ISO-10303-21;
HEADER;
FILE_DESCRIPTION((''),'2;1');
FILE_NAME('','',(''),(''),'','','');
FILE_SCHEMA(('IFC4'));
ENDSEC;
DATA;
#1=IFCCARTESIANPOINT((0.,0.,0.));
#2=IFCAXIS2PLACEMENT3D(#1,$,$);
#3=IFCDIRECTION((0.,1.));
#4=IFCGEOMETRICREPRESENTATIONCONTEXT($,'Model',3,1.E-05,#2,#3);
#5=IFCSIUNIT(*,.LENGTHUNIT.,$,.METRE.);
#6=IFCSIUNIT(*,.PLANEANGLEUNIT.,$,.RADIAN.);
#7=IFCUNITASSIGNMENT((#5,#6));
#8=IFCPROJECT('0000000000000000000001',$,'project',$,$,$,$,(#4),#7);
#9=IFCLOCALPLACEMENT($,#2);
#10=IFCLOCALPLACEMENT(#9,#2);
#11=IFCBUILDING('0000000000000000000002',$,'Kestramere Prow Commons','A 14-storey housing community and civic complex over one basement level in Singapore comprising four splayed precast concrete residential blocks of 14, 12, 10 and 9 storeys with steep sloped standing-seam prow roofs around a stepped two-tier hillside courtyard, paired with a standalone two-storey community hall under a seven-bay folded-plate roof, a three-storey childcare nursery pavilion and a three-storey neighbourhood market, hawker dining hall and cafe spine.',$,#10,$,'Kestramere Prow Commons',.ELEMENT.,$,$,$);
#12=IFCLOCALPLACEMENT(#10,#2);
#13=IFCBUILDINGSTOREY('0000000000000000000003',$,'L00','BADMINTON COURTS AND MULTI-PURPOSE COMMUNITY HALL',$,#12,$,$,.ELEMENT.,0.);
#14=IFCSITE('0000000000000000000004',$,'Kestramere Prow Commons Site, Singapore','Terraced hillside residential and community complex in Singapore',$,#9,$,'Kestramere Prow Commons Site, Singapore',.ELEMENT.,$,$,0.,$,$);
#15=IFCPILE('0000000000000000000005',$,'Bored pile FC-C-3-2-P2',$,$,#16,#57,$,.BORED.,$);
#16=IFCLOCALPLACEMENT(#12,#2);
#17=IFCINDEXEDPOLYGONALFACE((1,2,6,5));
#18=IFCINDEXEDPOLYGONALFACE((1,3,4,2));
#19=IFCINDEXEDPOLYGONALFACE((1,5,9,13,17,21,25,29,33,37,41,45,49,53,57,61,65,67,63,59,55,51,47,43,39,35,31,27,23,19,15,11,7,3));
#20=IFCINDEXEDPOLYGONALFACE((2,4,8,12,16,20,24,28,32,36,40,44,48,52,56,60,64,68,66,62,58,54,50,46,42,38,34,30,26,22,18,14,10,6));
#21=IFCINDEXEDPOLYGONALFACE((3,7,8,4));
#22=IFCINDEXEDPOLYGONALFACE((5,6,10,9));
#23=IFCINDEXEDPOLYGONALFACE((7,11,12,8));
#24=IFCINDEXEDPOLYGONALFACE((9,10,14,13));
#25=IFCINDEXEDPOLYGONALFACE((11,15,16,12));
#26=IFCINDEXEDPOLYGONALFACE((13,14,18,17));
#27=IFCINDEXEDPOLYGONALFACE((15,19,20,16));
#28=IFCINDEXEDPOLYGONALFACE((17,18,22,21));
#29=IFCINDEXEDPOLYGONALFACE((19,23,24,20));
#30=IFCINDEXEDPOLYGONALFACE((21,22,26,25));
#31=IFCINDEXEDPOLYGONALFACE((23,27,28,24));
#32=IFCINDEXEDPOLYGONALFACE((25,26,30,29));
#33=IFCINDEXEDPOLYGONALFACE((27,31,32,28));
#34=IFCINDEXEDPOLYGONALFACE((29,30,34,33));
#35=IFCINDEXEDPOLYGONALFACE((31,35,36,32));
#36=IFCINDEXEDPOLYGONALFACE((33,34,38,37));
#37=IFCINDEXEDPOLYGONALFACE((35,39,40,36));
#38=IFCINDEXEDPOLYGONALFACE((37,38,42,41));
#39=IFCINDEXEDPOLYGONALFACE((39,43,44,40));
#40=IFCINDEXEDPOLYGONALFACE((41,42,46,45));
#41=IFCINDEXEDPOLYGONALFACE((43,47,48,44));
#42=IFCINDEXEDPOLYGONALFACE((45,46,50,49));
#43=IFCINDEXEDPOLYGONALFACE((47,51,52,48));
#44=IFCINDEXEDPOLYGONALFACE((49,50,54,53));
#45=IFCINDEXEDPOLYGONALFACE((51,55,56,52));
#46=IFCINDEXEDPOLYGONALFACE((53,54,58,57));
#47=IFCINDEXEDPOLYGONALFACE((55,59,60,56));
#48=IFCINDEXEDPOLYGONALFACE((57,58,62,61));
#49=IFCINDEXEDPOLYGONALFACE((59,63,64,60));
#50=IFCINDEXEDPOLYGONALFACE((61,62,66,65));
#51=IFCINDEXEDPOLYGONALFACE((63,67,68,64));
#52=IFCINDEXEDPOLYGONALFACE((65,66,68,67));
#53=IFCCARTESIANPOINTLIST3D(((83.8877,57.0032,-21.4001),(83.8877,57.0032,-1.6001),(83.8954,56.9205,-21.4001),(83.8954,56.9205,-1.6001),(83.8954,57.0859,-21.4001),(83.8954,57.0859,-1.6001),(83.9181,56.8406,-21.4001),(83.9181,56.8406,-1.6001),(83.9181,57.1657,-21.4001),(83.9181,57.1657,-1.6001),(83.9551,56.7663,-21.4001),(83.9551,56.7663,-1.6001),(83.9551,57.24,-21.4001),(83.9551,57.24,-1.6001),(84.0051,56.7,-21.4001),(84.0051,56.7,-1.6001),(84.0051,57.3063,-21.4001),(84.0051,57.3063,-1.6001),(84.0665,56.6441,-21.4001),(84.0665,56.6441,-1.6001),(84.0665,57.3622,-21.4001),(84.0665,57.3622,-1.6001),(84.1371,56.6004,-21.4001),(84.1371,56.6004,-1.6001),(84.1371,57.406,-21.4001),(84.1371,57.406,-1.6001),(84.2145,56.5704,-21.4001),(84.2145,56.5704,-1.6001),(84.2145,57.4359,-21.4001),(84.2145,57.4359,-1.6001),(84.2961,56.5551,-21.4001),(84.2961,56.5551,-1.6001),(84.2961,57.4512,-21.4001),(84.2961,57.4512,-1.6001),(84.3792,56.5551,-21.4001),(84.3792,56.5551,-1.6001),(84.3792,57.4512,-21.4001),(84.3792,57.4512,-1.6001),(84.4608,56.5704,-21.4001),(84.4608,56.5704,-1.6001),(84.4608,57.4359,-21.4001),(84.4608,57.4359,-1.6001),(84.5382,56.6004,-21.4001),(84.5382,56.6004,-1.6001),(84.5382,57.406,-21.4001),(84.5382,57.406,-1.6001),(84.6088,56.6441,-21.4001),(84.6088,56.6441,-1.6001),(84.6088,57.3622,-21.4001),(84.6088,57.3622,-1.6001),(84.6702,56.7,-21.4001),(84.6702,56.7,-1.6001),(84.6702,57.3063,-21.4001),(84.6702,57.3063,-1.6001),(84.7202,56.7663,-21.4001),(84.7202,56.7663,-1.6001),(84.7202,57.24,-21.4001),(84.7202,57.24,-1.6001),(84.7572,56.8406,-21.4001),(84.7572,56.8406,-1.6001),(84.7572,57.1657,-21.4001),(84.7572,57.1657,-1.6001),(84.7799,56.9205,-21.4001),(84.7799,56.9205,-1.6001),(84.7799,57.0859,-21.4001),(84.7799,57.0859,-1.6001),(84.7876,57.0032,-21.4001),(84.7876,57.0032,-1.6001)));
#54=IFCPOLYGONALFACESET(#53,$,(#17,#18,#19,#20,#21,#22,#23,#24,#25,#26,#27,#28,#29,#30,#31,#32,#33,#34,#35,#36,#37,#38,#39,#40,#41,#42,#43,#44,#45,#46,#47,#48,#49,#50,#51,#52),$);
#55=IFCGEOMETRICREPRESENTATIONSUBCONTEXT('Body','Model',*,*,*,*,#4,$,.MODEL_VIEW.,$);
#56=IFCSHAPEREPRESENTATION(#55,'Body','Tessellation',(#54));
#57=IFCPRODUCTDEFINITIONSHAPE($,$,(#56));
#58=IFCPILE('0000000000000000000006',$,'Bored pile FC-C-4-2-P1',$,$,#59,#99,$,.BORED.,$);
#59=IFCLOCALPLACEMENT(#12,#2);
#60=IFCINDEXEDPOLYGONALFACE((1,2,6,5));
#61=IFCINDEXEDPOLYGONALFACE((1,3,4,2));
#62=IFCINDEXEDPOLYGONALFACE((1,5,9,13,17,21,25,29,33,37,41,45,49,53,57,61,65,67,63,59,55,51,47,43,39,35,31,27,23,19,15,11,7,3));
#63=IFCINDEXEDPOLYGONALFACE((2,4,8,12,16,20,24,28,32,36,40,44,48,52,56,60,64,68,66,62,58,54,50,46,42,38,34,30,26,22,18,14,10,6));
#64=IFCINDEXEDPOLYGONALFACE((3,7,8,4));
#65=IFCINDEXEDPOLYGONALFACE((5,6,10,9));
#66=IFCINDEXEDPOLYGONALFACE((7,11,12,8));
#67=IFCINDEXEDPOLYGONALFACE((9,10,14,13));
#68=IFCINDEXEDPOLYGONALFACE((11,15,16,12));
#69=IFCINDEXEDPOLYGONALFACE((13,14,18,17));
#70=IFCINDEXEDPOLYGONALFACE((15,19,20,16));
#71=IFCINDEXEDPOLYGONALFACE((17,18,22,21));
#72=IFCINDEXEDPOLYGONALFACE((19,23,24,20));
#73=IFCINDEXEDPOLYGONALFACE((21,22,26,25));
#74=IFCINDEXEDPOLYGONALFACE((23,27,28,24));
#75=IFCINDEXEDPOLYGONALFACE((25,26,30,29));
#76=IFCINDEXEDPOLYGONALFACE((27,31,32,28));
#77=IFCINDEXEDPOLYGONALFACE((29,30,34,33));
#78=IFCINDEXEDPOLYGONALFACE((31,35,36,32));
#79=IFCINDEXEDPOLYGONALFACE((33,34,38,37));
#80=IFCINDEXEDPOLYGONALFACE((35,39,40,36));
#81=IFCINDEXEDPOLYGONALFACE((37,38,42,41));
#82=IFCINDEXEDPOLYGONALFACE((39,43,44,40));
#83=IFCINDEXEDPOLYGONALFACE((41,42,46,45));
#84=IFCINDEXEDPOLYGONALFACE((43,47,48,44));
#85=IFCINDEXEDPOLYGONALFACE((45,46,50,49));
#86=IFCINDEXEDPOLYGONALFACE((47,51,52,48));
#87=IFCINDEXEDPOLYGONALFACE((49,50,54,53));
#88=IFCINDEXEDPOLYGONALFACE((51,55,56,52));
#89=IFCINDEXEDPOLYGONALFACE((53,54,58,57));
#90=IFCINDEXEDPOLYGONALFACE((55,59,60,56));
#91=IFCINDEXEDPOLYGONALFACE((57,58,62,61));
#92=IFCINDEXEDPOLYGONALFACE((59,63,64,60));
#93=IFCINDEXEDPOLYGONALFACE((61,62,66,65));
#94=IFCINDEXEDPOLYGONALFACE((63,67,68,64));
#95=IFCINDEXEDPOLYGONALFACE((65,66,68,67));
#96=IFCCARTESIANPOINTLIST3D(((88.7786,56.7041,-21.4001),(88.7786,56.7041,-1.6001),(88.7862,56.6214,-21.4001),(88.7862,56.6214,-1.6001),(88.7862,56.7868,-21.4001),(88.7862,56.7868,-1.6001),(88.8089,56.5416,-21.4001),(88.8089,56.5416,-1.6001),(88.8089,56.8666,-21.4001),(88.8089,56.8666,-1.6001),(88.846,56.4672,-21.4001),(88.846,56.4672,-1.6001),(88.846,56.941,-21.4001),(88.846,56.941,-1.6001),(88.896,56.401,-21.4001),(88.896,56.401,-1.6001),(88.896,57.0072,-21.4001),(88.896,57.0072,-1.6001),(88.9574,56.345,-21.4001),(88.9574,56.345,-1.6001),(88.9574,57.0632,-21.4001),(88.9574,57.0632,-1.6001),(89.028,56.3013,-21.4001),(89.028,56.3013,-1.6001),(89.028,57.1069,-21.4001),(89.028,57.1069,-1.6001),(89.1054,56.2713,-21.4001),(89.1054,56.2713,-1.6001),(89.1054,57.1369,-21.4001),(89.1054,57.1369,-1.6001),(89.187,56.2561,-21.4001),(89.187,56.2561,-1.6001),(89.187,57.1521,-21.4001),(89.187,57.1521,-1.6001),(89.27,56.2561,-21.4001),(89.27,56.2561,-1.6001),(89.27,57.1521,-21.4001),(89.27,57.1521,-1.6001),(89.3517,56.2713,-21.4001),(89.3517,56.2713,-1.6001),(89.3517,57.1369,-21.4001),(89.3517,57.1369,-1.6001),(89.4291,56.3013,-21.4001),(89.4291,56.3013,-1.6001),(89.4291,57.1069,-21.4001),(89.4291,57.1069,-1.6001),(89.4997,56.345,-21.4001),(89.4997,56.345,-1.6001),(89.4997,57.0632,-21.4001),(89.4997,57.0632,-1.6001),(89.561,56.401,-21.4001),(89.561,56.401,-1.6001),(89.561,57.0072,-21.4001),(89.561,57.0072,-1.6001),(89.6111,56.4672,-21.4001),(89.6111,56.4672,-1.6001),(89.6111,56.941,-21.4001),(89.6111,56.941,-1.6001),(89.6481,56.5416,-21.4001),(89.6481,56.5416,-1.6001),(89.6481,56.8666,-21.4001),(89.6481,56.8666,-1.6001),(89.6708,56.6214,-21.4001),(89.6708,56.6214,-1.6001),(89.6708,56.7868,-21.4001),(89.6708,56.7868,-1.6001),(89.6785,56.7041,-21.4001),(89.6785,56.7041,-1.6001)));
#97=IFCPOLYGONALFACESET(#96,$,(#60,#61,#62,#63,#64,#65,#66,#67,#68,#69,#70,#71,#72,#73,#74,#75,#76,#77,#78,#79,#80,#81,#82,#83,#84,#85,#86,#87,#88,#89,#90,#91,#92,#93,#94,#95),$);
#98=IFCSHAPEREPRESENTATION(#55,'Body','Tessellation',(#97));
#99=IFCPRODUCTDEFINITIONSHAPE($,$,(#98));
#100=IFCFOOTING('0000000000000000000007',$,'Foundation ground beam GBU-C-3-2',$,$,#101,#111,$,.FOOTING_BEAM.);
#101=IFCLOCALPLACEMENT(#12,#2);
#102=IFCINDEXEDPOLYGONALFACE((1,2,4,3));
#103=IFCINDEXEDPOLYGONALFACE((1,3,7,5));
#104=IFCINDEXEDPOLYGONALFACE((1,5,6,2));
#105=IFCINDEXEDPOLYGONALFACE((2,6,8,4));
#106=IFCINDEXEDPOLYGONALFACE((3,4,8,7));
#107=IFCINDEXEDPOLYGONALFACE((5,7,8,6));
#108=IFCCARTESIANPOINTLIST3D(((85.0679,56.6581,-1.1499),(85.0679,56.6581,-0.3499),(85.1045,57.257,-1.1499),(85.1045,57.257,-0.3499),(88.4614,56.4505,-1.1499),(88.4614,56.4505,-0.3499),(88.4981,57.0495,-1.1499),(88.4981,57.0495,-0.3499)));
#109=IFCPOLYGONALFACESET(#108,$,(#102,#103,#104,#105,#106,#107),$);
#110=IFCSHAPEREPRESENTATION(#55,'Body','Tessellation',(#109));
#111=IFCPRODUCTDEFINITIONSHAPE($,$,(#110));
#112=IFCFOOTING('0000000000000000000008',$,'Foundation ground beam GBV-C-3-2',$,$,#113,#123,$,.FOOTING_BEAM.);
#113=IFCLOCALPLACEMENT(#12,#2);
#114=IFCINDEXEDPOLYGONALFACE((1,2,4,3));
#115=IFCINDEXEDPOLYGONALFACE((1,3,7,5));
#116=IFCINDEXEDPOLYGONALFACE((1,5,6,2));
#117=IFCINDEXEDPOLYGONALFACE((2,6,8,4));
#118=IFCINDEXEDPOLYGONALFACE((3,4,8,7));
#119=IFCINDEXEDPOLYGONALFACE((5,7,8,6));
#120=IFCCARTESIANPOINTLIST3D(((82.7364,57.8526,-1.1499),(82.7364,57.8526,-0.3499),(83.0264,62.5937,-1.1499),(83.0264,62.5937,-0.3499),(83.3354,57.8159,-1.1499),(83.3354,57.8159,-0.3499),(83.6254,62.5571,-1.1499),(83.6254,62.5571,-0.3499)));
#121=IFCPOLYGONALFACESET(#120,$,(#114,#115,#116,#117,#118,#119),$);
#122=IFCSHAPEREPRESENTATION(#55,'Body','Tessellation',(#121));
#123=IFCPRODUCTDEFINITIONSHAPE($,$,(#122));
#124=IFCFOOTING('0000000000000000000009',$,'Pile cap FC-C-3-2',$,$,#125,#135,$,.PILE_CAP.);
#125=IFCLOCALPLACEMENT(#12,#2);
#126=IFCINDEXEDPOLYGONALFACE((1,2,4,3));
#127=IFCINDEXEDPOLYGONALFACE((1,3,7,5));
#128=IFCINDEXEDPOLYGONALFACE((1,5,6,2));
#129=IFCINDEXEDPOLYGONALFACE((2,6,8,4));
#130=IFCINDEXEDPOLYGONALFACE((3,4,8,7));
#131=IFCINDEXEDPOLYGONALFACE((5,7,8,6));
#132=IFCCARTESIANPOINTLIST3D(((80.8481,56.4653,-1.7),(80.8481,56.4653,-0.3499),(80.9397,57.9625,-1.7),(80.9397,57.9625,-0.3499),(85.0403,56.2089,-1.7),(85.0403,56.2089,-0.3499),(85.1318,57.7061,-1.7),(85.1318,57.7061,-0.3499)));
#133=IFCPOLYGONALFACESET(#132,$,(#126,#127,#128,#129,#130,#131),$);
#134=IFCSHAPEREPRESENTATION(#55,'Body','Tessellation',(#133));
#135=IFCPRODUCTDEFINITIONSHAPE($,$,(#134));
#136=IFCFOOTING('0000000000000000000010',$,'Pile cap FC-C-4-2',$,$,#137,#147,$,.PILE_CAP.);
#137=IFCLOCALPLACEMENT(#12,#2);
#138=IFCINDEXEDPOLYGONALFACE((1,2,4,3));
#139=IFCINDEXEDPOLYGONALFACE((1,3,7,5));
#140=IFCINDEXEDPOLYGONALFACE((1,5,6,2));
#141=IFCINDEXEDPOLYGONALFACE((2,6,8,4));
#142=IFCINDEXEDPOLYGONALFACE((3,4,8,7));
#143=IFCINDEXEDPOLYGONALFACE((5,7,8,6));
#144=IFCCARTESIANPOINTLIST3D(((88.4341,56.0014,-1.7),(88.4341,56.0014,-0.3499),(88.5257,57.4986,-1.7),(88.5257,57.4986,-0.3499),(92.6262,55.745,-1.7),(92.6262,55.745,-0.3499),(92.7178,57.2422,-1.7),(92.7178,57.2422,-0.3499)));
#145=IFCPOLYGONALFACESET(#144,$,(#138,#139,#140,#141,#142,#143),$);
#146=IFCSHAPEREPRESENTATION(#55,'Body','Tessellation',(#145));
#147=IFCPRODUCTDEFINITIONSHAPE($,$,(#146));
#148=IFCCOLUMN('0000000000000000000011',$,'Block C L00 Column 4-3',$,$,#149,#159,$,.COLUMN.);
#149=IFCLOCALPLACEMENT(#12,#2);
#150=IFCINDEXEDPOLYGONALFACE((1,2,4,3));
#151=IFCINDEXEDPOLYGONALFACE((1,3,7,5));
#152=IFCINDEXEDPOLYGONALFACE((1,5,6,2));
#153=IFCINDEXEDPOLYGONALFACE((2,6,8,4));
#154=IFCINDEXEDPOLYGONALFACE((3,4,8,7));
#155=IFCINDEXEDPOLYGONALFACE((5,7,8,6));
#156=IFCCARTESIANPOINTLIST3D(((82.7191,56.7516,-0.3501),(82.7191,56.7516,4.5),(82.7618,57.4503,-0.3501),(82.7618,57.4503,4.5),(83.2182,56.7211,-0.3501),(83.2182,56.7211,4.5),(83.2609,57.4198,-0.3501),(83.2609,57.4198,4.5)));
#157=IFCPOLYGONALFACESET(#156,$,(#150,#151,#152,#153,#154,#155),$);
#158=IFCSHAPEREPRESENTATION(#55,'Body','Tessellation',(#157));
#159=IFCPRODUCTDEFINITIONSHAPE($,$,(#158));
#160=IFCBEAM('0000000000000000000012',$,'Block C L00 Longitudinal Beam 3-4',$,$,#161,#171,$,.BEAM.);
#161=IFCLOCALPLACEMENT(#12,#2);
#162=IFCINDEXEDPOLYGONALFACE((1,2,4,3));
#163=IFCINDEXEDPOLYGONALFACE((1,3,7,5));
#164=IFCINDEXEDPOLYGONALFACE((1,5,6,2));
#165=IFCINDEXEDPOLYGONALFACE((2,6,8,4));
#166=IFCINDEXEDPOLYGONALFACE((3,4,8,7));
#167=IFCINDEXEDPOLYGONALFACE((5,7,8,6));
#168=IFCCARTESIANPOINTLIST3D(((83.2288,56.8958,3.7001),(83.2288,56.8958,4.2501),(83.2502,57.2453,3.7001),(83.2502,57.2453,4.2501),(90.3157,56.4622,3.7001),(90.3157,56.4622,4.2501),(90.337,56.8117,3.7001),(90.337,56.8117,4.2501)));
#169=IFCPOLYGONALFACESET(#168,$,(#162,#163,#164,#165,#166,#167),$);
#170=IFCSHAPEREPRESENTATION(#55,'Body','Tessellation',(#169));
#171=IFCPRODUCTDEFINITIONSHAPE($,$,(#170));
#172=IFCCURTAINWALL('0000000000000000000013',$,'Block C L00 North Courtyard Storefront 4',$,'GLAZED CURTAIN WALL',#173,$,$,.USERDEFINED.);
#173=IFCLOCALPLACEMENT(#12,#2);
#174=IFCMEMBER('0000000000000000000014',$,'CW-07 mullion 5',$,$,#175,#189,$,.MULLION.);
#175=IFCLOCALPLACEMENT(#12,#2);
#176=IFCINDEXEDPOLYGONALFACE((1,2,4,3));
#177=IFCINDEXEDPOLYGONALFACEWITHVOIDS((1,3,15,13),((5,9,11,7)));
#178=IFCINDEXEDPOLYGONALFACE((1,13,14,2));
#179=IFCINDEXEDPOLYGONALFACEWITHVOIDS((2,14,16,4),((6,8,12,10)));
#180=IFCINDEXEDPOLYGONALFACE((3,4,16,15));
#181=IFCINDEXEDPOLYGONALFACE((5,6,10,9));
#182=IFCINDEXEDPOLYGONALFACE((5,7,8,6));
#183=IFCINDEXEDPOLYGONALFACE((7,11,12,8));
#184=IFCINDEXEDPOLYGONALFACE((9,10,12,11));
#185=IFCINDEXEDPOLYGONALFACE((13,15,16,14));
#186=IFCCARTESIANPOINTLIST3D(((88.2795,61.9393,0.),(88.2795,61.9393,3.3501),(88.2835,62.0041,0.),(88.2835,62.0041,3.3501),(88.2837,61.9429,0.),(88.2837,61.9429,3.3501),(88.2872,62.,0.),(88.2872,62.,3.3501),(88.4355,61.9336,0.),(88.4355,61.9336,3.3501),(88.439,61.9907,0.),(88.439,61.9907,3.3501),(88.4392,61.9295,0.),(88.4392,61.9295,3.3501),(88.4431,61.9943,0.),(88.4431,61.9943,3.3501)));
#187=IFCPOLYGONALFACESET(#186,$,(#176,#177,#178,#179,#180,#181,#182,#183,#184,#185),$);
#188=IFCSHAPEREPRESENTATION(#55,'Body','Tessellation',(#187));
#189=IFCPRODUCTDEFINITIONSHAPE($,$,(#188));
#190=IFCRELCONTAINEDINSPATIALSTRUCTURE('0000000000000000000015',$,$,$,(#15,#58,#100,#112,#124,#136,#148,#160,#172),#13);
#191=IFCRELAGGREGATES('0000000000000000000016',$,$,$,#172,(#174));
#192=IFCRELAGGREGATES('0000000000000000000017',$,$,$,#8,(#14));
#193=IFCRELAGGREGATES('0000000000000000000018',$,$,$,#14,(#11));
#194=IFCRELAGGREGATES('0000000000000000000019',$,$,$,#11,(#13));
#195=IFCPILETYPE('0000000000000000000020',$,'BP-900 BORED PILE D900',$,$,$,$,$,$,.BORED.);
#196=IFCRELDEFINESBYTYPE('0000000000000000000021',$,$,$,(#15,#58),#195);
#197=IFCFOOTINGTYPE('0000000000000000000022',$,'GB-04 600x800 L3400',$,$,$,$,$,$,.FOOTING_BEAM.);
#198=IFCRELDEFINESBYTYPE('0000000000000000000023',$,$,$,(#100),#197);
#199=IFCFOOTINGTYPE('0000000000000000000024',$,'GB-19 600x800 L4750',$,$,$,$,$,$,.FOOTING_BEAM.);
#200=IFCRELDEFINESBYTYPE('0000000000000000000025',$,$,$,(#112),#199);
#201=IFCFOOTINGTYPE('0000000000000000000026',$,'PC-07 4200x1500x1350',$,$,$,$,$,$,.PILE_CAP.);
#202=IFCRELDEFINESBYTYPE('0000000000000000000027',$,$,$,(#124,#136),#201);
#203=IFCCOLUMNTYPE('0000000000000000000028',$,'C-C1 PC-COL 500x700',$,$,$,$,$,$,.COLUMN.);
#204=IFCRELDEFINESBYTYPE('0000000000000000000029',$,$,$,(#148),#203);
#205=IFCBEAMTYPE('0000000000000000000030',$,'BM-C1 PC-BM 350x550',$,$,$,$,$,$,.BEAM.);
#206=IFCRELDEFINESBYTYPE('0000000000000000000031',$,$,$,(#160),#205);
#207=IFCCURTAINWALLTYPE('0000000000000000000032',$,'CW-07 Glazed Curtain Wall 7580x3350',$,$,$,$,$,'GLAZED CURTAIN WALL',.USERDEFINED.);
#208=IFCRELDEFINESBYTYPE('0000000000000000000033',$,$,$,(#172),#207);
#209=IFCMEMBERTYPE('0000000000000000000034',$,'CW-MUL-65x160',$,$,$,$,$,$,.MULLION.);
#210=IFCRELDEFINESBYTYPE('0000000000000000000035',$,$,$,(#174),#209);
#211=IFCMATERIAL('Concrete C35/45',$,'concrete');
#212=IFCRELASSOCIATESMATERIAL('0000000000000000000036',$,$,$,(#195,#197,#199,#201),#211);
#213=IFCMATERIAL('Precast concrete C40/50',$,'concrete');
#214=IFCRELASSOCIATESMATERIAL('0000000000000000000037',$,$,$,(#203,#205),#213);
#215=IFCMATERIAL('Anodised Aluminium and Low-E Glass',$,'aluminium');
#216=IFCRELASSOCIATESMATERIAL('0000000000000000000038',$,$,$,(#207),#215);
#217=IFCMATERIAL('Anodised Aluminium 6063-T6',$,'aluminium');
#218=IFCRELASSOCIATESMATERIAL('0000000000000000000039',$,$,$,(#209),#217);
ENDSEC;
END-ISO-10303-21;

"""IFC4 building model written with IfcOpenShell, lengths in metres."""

from ifc_helpers import new_model, si_unit, direction, frame, origin, origin_2d, place, context, subcontext, project, spatial, rectangle, hollow_rectangle, circle, extrude, material, material_profile, profile_set, type_object, element, aggregate, save


model = new_model("IFC4")

# Units and contexts
model_context = context("Model", 3, precision=1e-05, world=origin(), true_north=direction((0.0, 1.0)))
body_context = subcontext(model_context, "Body", "Model", "MODEL_VIEW")
ifc_project = project(units=[si_unit("LENGTHUNIT", "METRE"), si_unit("PLANEANGLEUNIT", "RADIAN")], contexts=[model_context])

# Site, building, storey
site_placement = place(None, origin())
site = spatial("IfcSite", under=ifc_project, at=site_placement, Name="Kestramere Prow Commons Site, Singapore", Description="Terraced hillside residential and community complex in Singapore", LongName="Kestramere Prow Commons Site, Singapore", CompositionType="ELEMENT", RefElevation=0.0)
building_placement = place(site_placement, origin())
building = spatial("IfcBuilding", under=site, at=building_placement, Name="Kestramere Prow Commons", Description="A 14-storey housing community and civic complex over one basement level in Singapore comprising four splayed precast concrete residential blocks of 14, 12, 10 and 9 storeys with steep sloped standing-seam prow roofs around a stepped two-tier hillside courtyard, paired with a standalone two-storey community hall under a seven-bay folded-plate roof, a three-storey childcare nursery pavilion and a three-storey neighbourhood market, hawker dining hall and cafe spine.", LongName="Kestramere Prow Commons", CompositionType="ELEMENT")
storey_placement = place(building_placement, origin())
storey = spatial("IfcBuildingStorey", under=building, at=storey_placement, Name="L00", Description="BADMINTON COURTS AND MULTI-PURPOSE COMMUNITY HALL", CompositionType="ELEMENT", Elevation=0.0)

# Piles
ifc_material_1 = material(Name="Concrete C35/45", Category="concrete")
ifc_material_profile_1 = material_profile(ifc_material_1, circle(Radius=0.45, at=origin_2d()), Name="BORED PILE D900")
ifc_profile_set_1 = profile_set([ifc_material_profile_1], Name="Concrete C35/45")
pile_type = type_object("IfcPileType", Name="BP-900 BORED PILE D900", PredefinedType="BORED", material=ifc_profile_set_1)
for number, where, z_axis, x_axis, name in (
    (1, (84.3376, 57.0032, -1.6001), (0.0, 0.0, -1.0), (1.0, 0.0, 0.0), "Bored pile FC-C-3-2-P2"),
    (2, (89.2285, 56.7041, -1.6001), (0.0, 0.0, -1.0), (1.0, 0.0, 0.0), "Bored pile FC-C-4-2-P1"),
):
    element("IfcPile", number, at=place(storey_placement, frame(where, z_axis=z_axis, x_axis=x_axis)), inside=storey, type_object=pile_type, Name=name, PredefinedType="BORED", context=body_context, shape_type="SweptSolid", body=[
        extrude(circle(Radius=0.45, at=origin_2d()), origin(), (0.0, 0.0, 1.0), 19.8),
    ])

# Footings
footing_type_1 = type_object("IfcFootingType", Name="GB-04 600x800 L3400", PredefinedType="FOOTING_BEAM", material=ifc_material_1)
footing_1_placement = place(storey_placement, frame((86.783, 56.8538, -1.1499), z_axis=(0.0, 0.0, 1.0), x_axis=(0.998135, -0.061049, 0.0)))
element("IfcFooting", 3, at=footing_1_placement, inside=storey, type_object=footing_type_1, Name="Foundation ground beam GBU-C-3-2", PredefinedType="FOOTING_BEAM", context=body_context, shape_type="SweptSolid", body=[
    extrude(rectangle(XDim=3.3999, YDim=0.6001, at=origin_2d()), origin(), (0.0, 0.0, 1.0), 0.8),
])
footing_type_2 = type_object("IfcFootingType", Name="GB-19 600x800 L4750", PredefinedType="FOOTING_BEAM", material=ifc_material_1)
footing_2_placement = place(storey_placement, frame((83.1809, 60.2048, -1.1499), z_axis=(0.0, 0.0, 1.0), x_axis=(0.061049, 0.998135, 0.0)))
element("IfcFooting", 4, at=footing_2_placement, inside=storey, type_object=footing_type_2, Name="Foundation ground beam GBV-C-3-2", PredefinedType="FOOTING_BEAM", context=body_context, shape_type="SweptSolid", body=[
    extrude(rectangle(XDim=4.75, YDim=0.6001, at=origin_2d()), origin(), (0.0, 0.0, 1.0), 0.8),
])
footing_type_3 = type_object("IfcFootingType", Name="PC-07 4200x1500x1350", PredefinedType="PILE_CAP", material=ifc_material_1)
for number, where, z_axis, x_axis, name in (
    (5, (82.99, 57.0857, -1.7), (0.0, 0.0, 1.0), (0.998135, -0.061049, 0.0), "Pile cap FC-C-3-2"),
    (6, (90.5759, 56.6218, -1.7), (0.0, 0.0, 1.0), (0.998135, -0.061049, 0.0), "Pile cap FC-C-4-2"),
):
    element("IfcFooting", number, at=place(storey_placement, frame(where, z_axis=z_axis, x_axis=x_axis)), inside=storey, type_object=footing_type_3, Name=name, PredefinedType="PILE_CAP", context=body_context, shape_type="SweptSolid", body=[
        extrude(rectangle(XDim=4.2, YDim=1.5, at=origin_2d()), origin(), (0.0, 0.0, 1.0), 1.3501),
    ])

# Column
ifc_material_2 = material(Name="Precast concrete C40/50", Category="concrete")
ifc_material_profile_2 = material_profile(ifc_material_2, rectangle(XDim=0.5, YDim=0.7, at=origin_2d()), Name="PC-COL 500x700")
ifc_profile_set_2 = profile_set([ifc_material_profile_2], Name="Precast concrete C40/50")
column_type = type_object("IfcColumnType", Name="C-C1 PC-COL 500x700", PredefinedType="COLUMN", material=ifc_profile_set_2)
column_placement = place(storey_placement, frame((82.99, 57.0857, -0.3501), z_axis=(0.0, 0.0, 1.0), x_axis=(0.998135, -0.061049, 0.0)))
element("IfcColumn", 7, at=column_placement, inside=storey, type_object=column_type, Name="Block C L00 Column 4-3", PredefinedType="COLUMN", context=body_context, shape_type="SweptSolid", body=[
    extrude(rectangle(XDim=0.5, YDim=0.7, at=origin_2d()), origin(), (0.0, 0.0, 1.0), 4.8501),
])

# Beam
ifc_material_profile_3 = material_profile(ifc_material_2, rectangle(XDim=0.3501, YDim=0.55, at=origin_2d()), Name="PC-BM 350x550")
ifc_profile_set_3 = profile_set([ifc_material_profile_3], Name="Precast concrete C40/50")
beam_type_1 = type_object("IfcBeamType", Name="BM-C1 PC-BM 350x550", PredefinedType="BEAM", material=ifc_profile_set_3)
beam_1_placement = place(storey_placement, frame((83.2395, 57.0706, 3.9751), z_axis=(0.998134, -0.061068, 0.0), x_axis=(0.061068, 0.998134, 0.0)))
element("IfcBeam", 8, at=beam_1_placement, inside=storey, type_object=beam_type_1, Name="Block C L00 Longitudinal Beam 3-4", PredefinedType="BEAM", context=body_context, shape_type="SweptSolid", body=[
    extrude(rectangle(XDim=0.3501, YDim=0.55, at=origin_2d()), origin(), (0.0, 0.0, 1.0), 7.1001),
])

# Curtain wall, member
ifc_material_3 = material(Name="Anodised Aluminium and Low-E Glass", Category="aluminium")
curtain_wall_type = type_object("IfcCurtainWallType", Name="CW-07 Glazed Curtain Wall 7580x3350", ElementType="GLAZED CURTAIN WALL", PredefinedType="USERDEFINED", material=ifc_material_3)
curtain_wall_placement = place(storey_placement, origin())
curtain_wall = element("IfcCurtainWall", 9, at=curtain_wall_placement, inside=storey, type_object=curtain_wall_type, Name="Block C L00 North Courtyard Storefront 4", ObjectType="GLAZED CURTAIN WALL", PredefinedType="USERDEFINED")
ifc_material_4 = material(Name="Anodised Aluminium 6063-T6", Category="aluminium")
ifc_material_profile_4 = material_profile(ifc_material_4, hollow_rectangle(XDim=0.0649, YDim=0.1599, WallThickness=0.0039, at=origin_2d()), Name="ALU-MUL 65x160")
ifc_profile_set_4 = profile_set([ifc_material_profile_4], Name="Anodised Aluminium 6063-T6")
member_type_1 = type_object("IfcMemberType", Name="CW-MUL-65x160", PredefinedType="MULLION", material=ifc_profile_set_4)
member_1_placement = place(storey_placement, frame((88.3613, 61.9668, 0.0), z_axis=(0.0, 0.0, 1.0), x_axis=(0.061049, 0.998135, 0.0)))
member_1 = element("IfcMember", 10, at=member_1_placement, type_object=member_type_1, Name="CW-07 mullion 5", PredefinedType="MULLION", context=body_context, shape_type="SweptSolid", body=[
    extrude(hollow_rectangle(XDim=0.0649, YDim=0.1599, WallThickness=0.0039, at=origin_2d()), origin(), (0.0, 0.0, 1.0), 3.3501),
])

aggregate(curtain_wall, [member_1])

save(model, "model.ifc")
